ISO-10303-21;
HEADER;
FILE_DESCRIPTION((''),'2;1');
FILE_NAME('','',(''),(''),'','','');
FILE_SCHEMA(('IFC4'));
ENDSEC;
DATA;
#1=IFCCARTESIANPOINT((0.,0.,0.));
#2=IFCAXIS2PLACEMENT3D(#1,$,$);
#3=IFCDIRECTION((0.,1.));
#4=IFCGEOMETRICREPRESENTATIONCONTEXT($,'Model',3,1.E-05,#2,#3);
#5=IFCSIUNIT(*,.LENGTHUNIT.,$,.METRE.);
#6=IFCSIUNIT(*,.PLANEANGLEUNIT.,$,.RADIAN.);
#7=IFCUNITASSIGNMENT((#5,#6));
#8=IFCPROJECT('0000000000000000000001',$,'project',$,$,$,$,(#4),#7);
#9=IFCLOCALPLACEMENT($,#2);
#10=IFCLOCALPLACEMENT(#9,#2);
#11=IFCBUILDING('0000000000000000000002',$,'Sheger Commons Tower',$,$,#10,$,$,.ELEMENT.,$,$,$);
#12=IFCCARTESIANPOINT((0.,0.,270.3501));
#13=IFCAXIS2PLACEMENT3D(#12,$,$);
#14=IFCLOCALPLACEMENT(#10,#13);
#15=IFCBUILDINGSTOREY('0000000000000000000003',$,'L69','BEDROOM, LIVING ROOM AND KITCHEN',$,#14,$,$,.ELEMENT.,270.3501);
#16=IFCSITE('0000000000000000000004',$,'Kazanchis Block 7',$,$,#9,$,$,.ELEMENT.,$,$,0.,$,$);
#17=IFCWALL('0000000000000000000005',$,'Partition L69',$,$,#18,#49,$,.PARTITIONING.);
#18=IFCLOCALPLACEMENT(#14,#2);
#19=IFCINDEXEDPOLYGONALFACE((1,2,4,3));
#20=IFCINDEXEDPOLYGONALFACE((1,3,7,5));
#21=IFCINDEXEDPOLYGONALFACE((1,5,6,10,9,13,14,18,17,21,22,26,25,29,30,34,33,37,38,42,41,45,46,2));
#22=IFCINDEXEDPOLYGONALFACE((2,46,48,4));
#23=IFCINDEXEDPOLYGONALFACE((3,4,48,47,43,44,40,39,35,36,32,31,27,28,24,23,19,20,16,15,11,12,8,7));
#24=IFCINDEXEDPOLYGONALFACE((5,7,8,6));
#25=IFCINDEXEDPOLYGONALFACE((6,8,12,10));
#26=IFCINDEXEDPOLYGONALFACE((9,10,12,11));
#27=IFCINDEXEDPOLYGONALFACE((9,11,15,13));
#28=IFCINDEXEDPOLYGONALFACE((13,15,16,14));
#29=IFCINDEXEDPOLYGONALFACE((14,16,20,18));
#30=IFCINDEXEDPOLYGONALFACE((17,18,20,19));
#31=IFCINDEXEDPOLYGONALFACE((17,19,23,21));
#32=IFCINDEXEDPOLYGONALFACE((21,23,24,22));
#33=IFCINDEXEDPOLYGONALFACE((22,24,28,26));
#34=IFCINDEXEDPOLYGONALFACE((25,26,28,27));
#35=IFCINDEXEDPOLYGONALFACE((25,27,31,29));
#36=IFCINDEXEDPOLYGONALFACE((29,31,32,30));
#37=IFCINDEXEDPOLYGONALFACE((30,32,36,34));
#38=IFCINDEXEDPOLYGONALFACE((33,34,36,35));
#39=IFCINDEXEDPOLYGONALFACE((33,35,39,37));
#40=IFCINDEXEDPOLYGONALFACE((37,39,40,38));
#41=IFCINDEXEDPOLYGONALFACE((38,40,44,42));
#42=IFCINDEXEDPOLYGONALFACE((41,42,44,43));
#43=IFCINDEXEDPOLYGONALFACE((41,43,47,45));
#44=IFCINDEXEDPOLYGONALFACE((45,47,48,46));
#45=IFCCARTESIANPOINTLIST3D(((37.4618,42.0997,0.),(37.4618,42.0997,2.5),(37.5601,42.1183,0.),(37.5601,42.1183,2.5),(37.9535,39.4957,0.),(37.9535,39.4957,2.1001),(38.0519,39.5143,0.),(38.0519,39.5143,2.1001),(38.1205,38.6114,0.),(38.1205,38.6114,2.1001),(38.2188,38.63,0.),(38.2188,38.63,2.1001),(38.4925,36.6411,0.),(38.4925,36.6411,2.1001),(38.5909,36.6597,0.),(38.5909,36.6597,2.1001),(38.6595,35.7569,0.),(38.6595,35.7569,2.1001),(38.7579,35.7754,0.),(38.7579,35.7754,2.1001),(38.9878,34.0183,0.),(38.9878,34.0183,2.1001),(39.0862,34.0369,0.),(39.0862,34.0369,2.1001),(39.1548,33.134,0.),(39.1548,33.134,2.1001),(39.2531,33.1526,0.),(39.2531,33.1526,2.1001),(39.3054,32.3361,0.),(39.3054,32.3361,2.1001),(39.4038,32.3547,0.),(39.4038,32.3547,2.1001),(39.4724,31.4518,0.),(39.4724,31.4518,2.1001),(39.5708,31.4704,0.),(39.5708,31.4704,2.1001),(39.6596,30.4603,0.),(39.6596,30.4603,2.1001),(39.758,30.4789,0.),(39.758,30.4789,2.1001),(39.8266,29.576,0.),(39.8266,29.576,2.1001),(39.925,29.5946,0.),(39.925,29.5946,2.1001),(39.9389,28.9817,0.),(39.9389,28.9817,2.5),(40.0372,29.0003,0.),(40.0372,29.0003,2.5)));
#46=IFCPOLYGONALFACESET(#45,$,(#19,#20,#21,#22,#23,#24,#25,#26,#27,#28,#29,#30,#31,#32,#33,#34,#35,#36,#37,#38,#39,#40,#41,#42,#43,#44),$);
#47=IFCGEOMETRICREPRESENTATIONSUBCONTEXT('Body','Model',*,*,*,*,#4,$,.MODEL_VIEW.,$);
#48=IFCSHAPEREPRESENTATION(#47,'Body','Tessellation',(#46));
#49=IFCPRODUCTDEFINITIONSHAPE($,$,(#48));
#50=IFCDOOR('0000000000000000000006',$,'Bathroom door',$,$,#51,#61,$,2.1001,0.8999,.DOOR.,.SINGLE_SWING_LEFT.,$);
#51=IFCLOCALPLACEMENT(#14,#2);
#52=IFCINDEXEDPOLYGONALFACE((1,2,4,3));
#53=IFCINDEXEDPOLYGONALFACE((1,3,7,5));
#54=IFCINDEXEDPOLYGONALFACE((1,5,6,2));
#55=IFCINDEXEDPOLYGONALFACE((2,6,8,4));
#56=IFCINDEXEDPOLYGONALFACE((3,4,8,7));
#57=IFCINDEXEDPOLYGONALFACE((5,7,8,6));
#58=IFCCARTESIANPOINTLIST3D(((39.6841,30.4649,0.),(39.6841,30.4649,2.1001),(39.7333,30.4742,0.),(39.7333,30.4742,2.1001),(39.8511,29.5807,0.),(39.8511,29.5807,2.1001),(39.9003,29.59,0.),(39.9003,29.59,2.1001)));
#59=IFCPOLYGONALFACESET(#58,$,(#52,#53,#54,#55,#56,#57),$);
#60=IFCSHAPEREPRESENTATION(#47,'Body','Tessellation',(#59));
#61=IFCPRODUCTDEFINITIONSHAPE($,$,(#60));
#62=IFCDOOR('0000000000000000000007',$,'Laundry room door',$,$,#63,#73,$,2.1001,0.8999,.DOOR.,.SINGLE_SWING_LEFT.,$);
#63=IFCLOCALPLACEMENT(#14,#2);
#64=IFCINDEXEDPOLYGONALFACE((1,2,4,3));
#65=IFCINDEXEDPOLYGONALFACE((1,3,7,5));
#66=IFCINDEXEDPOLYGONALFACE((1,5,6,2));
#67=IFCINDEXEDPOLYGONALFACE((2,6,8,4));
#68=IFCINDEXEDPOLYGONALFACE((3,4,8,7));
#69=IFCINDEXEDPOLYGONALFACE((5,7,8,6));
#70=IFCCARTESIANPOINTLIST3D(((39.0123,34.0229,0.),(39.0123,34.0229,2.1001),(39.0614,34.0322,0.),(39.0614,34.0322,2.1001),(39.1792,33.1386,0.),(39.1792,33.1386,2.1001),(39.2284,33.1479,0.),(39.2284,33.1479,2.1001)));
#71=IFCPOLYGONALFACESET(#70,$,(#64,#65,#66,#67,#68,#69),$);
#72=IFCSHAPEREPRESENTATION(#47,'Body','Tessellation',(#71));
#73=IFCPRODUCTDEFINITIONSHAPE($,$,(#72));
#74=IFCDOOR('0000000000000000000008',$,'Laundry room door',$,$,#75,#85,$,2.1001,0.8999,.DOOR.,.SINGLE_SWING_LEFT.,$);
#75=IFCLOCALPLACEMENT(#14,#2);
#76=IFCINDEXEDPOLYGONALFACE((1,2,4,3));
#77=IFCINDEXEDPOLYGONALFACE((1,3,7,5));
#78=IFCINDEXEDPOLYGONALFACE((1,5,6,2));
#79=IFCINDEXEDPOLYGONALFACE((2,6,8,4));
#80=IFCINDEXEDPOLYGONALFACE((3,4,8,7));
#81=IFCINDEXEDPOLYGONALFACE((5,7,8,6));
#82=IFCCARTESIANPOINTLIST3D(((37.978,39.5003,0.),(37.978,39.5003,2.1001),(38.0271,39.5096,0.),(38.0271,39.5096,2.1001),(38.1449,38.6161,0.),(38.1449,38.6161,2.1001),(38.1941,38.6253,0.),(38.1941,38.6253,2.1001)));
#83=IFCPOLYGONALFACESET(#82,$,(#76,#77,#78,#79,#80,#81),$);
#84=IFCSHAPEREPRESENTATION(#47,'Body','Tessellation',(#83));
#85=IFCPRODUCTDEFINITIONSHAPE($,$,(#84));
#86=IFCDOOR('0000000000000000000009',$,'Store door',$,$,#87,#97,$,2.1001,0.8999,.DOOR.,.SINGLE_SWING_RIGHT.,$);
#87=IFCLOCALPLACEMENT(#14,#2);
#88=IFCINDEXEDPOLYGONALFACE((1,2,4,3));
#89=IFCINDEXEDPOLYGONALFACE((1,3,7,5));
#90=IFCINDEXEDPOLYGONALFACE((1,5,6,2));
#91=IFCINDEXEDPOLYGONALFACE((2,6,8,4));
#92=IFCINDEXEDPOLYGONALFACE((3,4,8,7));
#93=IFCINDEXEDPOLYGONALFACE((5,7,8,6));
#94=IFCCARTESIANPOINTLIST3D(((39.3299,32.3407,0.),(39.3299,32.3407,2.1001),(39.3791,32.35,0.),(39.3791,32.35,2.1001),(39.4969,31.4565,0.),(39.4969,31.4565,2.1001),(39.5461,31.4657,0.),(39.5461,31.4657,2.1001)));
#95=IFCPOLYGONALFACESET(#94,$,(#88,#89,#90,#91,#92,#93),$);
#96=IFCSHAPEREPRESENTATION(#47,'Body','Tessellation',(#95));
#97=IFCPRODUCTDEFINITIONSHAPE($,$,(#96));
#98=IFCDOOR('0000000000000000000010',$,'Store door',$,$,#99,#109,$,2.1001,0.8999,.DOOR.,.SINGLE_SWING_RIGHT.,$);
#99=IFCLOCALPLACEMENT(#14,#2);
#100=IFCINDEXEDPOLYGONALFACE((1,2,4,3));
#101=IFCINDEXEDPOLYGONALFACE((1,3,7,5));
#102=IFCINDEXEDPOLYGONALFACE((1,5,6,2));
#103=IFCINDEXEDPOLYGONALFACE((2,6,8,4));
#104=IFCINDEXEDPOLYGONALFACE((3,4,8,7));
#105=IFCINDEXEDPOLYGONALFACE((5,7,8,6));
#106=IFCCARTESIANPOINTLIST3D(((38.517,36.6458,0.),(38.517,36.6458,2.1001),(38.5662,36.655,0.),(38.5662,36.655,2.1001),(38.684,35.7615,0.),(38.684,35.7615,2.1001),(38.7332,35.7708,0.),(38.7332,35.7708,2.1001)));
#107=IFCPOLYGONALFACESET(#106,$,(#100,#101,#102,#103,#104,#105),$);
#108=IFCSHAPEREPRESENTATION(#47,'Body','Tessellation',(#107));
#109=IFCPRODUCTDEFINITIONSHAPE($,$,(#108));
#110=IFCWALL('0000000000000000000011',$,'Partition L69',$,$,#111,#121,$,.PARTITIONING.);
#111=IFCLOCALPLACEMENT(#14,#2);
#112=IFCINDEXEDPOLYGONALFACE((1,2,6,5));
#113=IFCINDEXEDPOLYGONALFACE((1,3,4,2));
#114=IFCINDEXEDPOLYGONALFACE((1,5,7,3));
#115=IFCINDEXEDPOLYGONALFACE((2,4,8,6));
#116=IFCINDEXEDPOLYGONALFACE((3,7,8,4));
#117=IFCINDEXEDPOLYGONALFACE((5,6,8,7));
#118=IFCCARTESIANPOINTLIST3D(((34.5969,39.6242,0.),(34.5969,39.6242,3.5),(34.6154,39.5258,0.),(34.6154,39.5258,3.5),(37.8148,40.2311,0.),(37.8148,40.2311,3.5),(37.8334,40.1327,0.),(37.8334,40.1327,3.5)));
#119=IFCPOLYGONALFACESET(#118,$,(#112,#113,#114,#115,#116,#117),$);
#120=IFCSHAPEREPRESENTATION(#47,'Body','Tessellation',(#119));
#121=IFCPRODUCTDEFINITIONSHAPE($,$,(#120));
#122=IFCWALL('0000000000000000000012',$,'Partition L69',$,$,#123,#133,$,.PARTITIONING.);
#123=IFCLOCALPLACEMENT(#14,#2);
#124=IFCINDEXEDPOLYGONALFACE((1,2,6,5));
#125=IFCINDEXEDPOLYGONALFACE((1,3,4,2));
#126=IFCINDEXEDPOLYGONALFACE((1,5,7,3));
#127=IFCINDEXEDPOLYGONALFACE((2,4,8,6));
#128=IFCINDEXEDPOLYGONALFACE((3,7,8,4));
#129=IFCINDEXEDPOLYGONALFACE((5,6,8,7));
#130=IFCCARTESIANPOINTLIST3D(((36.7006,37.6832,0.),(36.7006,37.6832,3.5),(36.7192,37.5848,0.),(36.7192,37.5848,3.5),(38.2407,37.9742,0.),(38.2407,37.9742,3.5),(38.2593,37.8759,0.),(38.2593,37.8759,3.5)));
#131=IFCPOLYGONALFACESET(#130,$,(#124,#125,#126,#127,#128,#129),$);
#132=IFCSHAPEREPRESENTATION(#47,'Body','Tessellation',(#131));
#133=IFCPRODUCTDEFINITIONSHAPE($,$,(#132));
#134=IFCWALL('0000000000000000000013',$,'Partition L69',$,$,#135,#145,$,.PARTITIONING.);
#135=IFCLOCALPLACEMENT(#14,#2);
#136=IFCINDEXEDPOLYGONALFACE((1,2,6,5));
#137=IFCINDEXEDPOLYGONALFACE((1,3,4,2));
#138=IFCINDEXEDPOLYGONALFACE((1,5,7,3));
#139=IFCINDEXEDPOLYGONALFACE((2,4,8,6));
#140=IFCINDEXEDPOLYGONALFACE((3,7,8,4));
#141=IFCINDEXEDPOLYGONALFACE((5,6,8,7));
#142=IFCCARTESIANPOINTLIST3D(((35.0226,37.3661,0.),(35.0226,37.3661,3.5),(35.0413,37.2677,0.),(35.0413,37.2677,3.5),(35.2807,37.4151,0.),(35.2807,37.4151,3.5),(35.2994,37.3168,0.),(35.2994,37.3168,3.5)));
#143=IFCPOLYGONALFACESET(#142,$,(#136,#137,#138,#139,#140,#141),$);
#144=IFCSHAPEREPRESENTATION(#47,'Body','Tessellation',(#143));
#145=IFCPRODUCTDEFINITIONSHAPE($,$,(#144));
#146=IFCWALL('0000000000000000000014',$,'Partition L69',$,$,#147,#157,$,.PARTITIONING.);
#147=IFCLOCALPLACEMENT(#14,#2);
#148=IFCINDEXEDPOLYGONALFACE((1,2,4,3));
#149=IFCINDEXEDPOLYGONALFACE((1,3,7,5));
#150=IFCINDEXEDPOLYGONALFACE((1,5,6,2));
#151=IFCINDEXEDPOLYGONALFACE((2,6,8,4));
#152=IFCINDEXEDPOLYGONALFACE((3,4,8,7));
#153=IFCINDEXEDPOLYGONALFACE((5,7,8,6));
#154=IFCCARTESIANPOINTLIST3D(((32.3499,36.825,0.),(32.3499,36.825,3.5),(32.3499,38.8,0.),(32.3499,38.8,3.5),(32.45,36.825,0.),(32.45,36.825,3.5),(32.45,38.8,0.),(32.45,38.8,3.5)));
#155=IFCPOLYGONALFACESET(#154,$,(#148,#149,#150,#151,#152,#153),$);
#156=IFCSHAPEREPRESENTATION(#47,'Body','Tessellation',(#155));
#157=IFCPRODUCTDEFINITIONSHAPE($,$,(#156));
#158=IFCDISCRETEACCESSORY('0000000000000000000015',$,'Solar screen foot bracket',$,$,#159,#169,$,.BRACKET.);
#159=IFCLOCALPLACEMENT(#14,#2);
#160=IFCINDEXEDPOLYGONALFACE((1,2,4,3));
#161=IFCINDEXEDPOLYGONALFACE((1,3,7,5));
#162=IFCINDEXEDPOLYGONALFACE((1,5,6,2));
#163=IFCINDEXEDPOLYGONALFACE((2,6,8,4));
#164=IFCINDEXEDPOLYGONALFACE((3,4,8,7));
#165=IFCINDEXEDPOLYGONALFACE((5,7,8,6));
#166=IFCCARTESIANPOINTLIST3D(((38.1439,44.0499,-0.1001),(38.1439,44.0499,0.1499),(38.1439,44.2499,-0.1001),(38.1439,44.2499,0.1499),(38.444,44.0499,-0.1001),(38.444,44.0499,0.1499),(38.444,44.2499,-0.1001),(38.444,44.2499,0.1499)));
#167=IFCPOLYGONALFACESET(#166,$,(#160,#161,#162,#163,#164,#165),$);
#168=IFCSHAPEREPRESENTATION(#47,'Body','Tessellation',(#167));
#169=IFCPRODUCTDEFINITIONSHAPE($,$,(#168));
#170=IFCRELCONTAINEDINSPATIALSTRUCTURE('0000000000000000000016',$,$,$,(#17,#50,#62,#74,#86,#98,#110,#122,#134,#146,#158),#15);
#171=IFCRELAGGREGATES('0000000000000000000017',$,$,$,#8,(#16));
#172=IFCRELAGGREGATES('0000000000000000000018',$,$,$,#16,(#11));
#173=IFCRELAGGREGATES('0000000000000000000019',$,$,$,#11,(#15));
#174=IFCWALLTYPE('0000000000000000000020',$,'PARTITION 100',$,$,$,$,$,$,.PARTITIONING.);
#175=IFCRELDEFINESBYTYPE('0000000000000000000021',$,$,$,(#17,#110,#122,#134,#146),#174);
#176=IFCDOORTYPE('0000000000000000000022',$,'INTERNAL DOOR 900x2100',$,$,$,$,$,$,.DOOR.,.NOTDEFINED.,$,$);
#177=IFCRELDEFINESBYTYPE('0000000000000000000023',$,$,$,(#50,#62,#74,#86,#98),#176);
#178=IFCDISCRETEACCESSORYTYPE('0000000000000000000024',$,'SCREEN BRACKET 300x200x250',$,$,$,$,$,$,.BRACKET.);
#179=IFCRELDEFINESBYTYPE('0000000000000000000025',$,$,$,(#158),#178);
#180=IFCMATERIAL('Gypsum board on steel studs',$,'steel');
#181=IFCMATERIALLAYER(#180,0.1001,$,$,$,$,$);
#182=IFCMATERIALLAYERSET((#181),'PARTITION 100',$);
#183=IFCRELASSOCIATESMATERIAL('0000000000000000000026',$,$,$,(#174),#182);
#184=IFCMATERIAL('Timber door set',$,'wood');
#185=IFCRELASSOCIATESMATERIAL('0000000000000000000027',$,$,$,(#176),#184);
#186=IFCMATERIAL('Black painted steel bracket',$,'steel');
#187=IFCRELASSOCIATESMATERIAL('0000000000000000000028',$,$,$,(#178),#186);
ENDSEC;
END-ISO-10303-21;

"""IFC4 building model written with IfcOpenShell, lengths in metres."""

from ifc_helpers import new_model, si_unit, direction, frame, frame_2d, origin, origin_2d, place, context, subcontext, project, spatial, rectangle, extrude, material, layer, layer_set, type_object, element, fill, save


model = new_model("IFC4")

# Units and contexts
model_context = context("Model", 3, precision=1e-05, world=origin(), true_north=direction((0.0, 1.0)))
body_context = subcontext(model_context, "Body", "Model", "MODEL_VIEW")
ifc_project = project(units=[si_unit("LENGTHUNIT", "METRE"), si_unit("PLANEANGLEUNIT", "RADIAN")], contexts=[model_context])

# Site, building, storey
site_placement = place(None, origin())
site = spatial("IfcSite", under=ifc_project, at=site_placement, Name="Kazanchis Block 7", CompositionType="ELEMENT", RefElevation=0.0)
building_placement = place(site_placement, origin())
building = spatial("IfcBuilding", under=site, at=building_placement, Name="Sheger Commons Tower", CompositionType="ELEMENT")
storey_placement = place(building_placement, frame((0.0, 0.0, 270.3501)))
storey = spatial("IfcBuildingStorey", under=building, at=storey_placement, Name="L69", Description="BEDROOM, LIVING ROOM AND KITCHEN", CompositionType="ELEMENT", Elevation=270.3501)

# Shared definitions
ifc_material_1 = material(Name="Gypsum board on steel studs", Category="steel")
ifc_layer_1 = layer(ifc_material_1, 0.1001)
ifc_layer_set_1 = layer_set([ifc_layer_1], Name="PARTITION 100")
wall_type_1 = type_object("IfcWallType", Name="PARTITION 100", PredefinedType="PARTITIONING", material=ifc_layer_set_1)

# Wall, openings, doors
wall_1_placement = place(storey_placement, frame((37.511, 42.1089, 0.0), z_axis=(0.0, 0.0, 1.0), x_axis=(0.18555, -0.982635, 0.0)))
wall_1 = element("IfcWall", 1, at=wall_1_placement, inside=storey, type_object=wall_type_1, Name="Partition L69", PredefinedType="PARTITIONING", context=body_context, shape_type="SweptSolid", body=[
    extrude(rectangle(XDim=13.3499, YDim=0.1001, at=frame_2d((6.6748, 0.0))), origin(), (0.0, 0.0, 1.0), 2.5),
])
opening_1_placement = place(wall_1_placement, frame((11.845, 0.0, 0.0)))
opening_1 = element("IfcOpeningElement", 2, at=opening_1_placement, cuts=wall_1, PredefinedType="OPENING", context=body_context, shape_type="SweptSolid", body=[
    extrude(rectangle(XDim=0.8999, YDim=2.1001, at=frame_2d((0.45, 1.05))), frame((0.0, 0.0601, 0.0), z_axis=(0.0, -1.0, 0.0), x_axis=(1.0, 0.0, 0.0)), (0.0, 0.0, 1.0), 0.1201),
])
opening_2_placement = place(wall_1_placement, frame((8.2241, 0.0, 0.0)))
opening_2 = element("IfcOpeningElement", 3, at=opening_2_placement, cuts=wall_1, PredefinedType="OPENING", context=body_context, shape_type="SweptSolid", body=[
    extrude(rectangle(XDim=0.8999, YDim=2.1001, at=frame_2d((0.45, 1.05))), frame((0.0, 0.0601, 0.0), z_axis=(0.0, -1.0, 0.0), x_axis=(1.0, 0.0, 0.0)), (0.0, 0.0, 1.0), 0.1201),
])
opening_3_placement = place(wall_1_placement, frame((2.6499, 0.0, 0.0)))
opening_3 = element("IfcOpeningElement", 4, at=opening_3_placement, cuts=wall_1, PredefinedType="OPENING", context=body_context, shape_type="SweptSolid", body=[
    extrude(rectangle(XDim=0.8999, YDim=2.1001, at=frame_2d((0.45, 1.05))), frame((0.0, 0.0601, 0.0), z_axis=(0.0, -1.0, 0.0), x_axis=(1.0, 0.0, 0.0)), (0.0, 0.0, 1.0), 0.1201),
])
opening_4_placement = place(wall_1_placement, frame((9.936, 0.0, 0.0)))
opening_4 = element("IfcOpeningElement", 5, at=opening_4_placement, cuts=wall_1, PredefinedType="OPENING", context=body_context, shape_type="SweptSolid", body=[
    extrude(rectangle(XDim=0.8999, YDim=2.1001, at=frame_2d((0.45, 1.05))), frame((0.0, 0.0601, 0.0), z_axis=(0.0, -1.0, 0.0), x_axis=(1.0, 0.0, 0.0)), (0.0, 0.0, 1.0), 0.1201),
])
opening_5_placement = place(wall_1_placement, frame((5.5549, 0.0, 0.0)))
opening_5 = element("IfcOpeningElement", 6, at=opening_5_placement, cuts=wall_1, PredefinedType="OPENING", context=body_context, shape_type="SweptSolid", body=[
    extrude(rectangle(XDim=0.8999, YDim=2.1001, at=frame_2d((0.45, 1.05))), frame((0.0, 0.0601, 0.0), z_axis=(0.0, -1.0, 0.0), x_axis=(1.0, 0.0, 0.0)), (0.0, 0.0, 1.0), 0.1201),
])
ifc_material_2 = material(Name="Timber door set", Category="wood")
door_type_1 = type_object("IfcDoorType", Name="INTERNAL DOOR 900x2100", OperationType="NOTDEFINED", PredefinedType="DOOR", material=ifc_material_2)
door_1_placement = place(opening_1_placement, origin())
door_1 = element("IfcDoor", 7, at=door_1_placement, inside=storey, type_object=door_type_1, Name="Bathroom door", OperationType="SINGLE_SWING_LEFT", OverallHeight=2.1001, OverallWidth=0.8999, PredefinedType="DOOR", context=body_context, shape_type="SweptSolid", body=[
    extrude(rectangle(XDim=0.8999, YDim=2.1001, at=frame_2d((0.45, 1.05))), frame((0.0, 0.0249, 0.0), z_axis=(0.0, -1.0, 0.0), x_axis=(1.0, 0.0, 0.0)), (0.0, 0.0, 1.0), 0.05),
])
fill(opening_1, door_1)
door_2_placement = place(opening_2_placement, origin())
door_2 = element("IfcDoor", 8, at=door_2_placement, inside=storey, type_object=door_type_1, Name="Laundry room door", OperationType="SINGLE_SWING_LEFT", OverallHeight=2.1001, OverallWidth=0.8999, PredefinedType="DOOR", context=body_context, shape_type="SweptSolid", body=[
    extrude(rectangle(XDim=0.8999, YDim=2.1001, at=frame_2d((0.45, 1.05))), frame((0.0, 0.0249, 0.0), z_axis=(0.0, -1.0, 0.0), x_axis=(1.0, 0.0, 0.0)), (0.0, 0.0, 1.0), 0.05),
])
fill(opening_2, door_2)
door_3_placement = place(opening_3_placement, origin())
door_3 = element("IfcDoor", 9, at=door_3_placement, inside=storey, type_object=door_type_1, Name="Laundry room door", OperationType="SINGLE_SWING_LEFT", OverallHeight=2.1001, OverallWidth=0.8999, PredefinedType="DOOR", context=body_context, shape_type="SweptSolid", body=[
    extrude(rectangle(XDim=0.8999, YDim=2.1001, at=frame_2d((0.45, 1.05))), frame((0.0, 0.0249, 0.0), z_axis=(0.0, -1.0, 0.0), x_axis=(1.0, 0.0, 0.0)), (0.0, 0.0, 1.0), 0.05),
])
fill(opening_3, door_3)
door_4_placement = place(opening_4_placement, origin())
door_4 = element("IfcDoor", 10, at=door_4_placement, inside=storey, type_object=door_type_1, Name="Store door", OperationType="SINGLE_SWING_RIGHT", OverallHeight=2.1001, OverallWidth=0.8999, PredefinedType="DOOR", context=body_context, shape_type="SweptSolid", body=[
    extrude(rectangle(XDim=0.8999, YDim=2.1001, at=frame_2d((0.45, 1.05))), frame((0.0, 0.0249, 0.0), z_axis=(0.0, -1.0, 0.0), x_axis=(1.0, 0.0, 0.0)), (0.0, 0.0, 1.0), 0.05),
])
fill(opening_4, door_4)
door_5_placement = place(opening_5_placement, origin())
door_5 = element("IfcDoor", 11, at=door_5_placement, inside=storey, type_object=door_type_1, Name="Store door", OperationType="SINGLE_SWING_RIGHT", OverallHeight=2.1001, OverallWidth=0.8999, PredefinedType="DOOR", context=body_context, shape_type="SweptSolid", body=[
    extrude(rectangle(XDim=0.8999, YDim=2.1001, at=frame_2d((0.45, 1.05))), frame((0.0, 0.0249, 0.0), z_axis=(0.0, -1.0, 0.0), x_axis=(1.0, 0.0, 0.0)), (0.0, 0.0, 1.0), 0.05),
])
fill(opening_5, door_5)

# Walls
wall_2_placement = place(storey_placement, frame((37.824, 40.1819, 0.0), z_axis=(0.0, 0.0, 1.0), x_axis=(-0.982675, -0.185337, 0.0)))
element("IfcWall", 12, at=wall_2_placement, inside=storey, type_object=wall_type_1, Name="Partition L69", PredefinedType="PARTITIONING", context=body_context, shape_type="SweptSolid", body=[
    extrude(rectangle(XDim=3.2747, YDim=0.1001, at=frame_2d((1.6372, 0.0))), origin(), (0.0, 0.0, 1.0), 3.5),
])
wall_3_placement = place(storey_placement, frame((38.25, 37.925, 0.0), z_axis=(0.0, 0.0, 1.0), x_axis=(-0.98261, -0.18568, 0.0)))
element("IfcWall", 13, at=wall_3_placement, inside=storey, type_object=wall_type_1, Name="Partition L69", PredefinedType="PARTITIONING", context=body_context, shape_type="SweptSolid", body=[
    extrude(rectangle(XDim=1.5674, YDim=0.1001, at=frame_2d((0.7837, 0.0))), origin(), (0.0, 0.0, 1.0), 3.5),
])
wall_4_placement = place(storey_placement, frame((35.29, 37.366, 0.0), z_axis=(0.0, 0.0, 1.0), x_axis=(-0.982395, -0.186813, 0.0)))
element("IfcWall", 14, at=wall_4_placement, inside=storey, type_object=wall_type_1, Name="Partition L69", PredefinedType="PARTITIONING", context=body_context, shape_type="SweptSolid", body=[
    extrude(rectangle(XDim=0.2627, YDim=0.1001, at=frame_2d((0.1313, 0.0))), origin(), (0.0, 0.0, 1.0), 3.5),
])
wall_5_placement = place(storey_placement, frame((32.3999, 36.825, 0.0), z_axis=(0.0, 0.0, 1.0), x_axis=(0.0, 1.0, 0.0)))
element("IfcWall", 15, at=wall_5_placement, inside=storey, type_object=wall_type_1, Name="Partition L69", PredefinedType="PARTITIONING", context=body_context, shape_type="SweptSolid", body=[
    extrude(rectangle(XDim=1.9751, YDim=0.1001, at=frame_2d((0.9875, 0.0))), origin(), (0.0, 0.0, 1.0), 3.5),
])

# Discrete accessory
ifc_material_3 = material(Name="Black painted steel bracket", Category="steel")
discrete_accessory_type = type_object("IfcDiscreteAccessoryType", Name="SCREEN BRACKET 300x200x250", PredefinedType="BRACKET", material=ifc_material_3)
for number, where, z_axis, x_axis, name in (
    (16, (38.2939, 44.1499, -0.1001), (0.0, 0.0, 1.0), (-1.0, 0.0, 0.0), "Solar screen foot bracket"),
):
    element("IfcDiscreteAccessory", number, at=place(storey_placement, frame(where, z_axis=z_axis, x_axis=x_axis)), inside=storey, type_object=discrete_accessory_type, Name=name, PredefinedType="BRACKET", context=body_context, shape_type="SweptSolid", body=[
        extrude(rectangle(XDim=0.3, YDim=0.2, at=origin_2d()), origin(), (0.0, 0.0, 1.0), 0.25),
    ])

save(model, "model.ifc")
